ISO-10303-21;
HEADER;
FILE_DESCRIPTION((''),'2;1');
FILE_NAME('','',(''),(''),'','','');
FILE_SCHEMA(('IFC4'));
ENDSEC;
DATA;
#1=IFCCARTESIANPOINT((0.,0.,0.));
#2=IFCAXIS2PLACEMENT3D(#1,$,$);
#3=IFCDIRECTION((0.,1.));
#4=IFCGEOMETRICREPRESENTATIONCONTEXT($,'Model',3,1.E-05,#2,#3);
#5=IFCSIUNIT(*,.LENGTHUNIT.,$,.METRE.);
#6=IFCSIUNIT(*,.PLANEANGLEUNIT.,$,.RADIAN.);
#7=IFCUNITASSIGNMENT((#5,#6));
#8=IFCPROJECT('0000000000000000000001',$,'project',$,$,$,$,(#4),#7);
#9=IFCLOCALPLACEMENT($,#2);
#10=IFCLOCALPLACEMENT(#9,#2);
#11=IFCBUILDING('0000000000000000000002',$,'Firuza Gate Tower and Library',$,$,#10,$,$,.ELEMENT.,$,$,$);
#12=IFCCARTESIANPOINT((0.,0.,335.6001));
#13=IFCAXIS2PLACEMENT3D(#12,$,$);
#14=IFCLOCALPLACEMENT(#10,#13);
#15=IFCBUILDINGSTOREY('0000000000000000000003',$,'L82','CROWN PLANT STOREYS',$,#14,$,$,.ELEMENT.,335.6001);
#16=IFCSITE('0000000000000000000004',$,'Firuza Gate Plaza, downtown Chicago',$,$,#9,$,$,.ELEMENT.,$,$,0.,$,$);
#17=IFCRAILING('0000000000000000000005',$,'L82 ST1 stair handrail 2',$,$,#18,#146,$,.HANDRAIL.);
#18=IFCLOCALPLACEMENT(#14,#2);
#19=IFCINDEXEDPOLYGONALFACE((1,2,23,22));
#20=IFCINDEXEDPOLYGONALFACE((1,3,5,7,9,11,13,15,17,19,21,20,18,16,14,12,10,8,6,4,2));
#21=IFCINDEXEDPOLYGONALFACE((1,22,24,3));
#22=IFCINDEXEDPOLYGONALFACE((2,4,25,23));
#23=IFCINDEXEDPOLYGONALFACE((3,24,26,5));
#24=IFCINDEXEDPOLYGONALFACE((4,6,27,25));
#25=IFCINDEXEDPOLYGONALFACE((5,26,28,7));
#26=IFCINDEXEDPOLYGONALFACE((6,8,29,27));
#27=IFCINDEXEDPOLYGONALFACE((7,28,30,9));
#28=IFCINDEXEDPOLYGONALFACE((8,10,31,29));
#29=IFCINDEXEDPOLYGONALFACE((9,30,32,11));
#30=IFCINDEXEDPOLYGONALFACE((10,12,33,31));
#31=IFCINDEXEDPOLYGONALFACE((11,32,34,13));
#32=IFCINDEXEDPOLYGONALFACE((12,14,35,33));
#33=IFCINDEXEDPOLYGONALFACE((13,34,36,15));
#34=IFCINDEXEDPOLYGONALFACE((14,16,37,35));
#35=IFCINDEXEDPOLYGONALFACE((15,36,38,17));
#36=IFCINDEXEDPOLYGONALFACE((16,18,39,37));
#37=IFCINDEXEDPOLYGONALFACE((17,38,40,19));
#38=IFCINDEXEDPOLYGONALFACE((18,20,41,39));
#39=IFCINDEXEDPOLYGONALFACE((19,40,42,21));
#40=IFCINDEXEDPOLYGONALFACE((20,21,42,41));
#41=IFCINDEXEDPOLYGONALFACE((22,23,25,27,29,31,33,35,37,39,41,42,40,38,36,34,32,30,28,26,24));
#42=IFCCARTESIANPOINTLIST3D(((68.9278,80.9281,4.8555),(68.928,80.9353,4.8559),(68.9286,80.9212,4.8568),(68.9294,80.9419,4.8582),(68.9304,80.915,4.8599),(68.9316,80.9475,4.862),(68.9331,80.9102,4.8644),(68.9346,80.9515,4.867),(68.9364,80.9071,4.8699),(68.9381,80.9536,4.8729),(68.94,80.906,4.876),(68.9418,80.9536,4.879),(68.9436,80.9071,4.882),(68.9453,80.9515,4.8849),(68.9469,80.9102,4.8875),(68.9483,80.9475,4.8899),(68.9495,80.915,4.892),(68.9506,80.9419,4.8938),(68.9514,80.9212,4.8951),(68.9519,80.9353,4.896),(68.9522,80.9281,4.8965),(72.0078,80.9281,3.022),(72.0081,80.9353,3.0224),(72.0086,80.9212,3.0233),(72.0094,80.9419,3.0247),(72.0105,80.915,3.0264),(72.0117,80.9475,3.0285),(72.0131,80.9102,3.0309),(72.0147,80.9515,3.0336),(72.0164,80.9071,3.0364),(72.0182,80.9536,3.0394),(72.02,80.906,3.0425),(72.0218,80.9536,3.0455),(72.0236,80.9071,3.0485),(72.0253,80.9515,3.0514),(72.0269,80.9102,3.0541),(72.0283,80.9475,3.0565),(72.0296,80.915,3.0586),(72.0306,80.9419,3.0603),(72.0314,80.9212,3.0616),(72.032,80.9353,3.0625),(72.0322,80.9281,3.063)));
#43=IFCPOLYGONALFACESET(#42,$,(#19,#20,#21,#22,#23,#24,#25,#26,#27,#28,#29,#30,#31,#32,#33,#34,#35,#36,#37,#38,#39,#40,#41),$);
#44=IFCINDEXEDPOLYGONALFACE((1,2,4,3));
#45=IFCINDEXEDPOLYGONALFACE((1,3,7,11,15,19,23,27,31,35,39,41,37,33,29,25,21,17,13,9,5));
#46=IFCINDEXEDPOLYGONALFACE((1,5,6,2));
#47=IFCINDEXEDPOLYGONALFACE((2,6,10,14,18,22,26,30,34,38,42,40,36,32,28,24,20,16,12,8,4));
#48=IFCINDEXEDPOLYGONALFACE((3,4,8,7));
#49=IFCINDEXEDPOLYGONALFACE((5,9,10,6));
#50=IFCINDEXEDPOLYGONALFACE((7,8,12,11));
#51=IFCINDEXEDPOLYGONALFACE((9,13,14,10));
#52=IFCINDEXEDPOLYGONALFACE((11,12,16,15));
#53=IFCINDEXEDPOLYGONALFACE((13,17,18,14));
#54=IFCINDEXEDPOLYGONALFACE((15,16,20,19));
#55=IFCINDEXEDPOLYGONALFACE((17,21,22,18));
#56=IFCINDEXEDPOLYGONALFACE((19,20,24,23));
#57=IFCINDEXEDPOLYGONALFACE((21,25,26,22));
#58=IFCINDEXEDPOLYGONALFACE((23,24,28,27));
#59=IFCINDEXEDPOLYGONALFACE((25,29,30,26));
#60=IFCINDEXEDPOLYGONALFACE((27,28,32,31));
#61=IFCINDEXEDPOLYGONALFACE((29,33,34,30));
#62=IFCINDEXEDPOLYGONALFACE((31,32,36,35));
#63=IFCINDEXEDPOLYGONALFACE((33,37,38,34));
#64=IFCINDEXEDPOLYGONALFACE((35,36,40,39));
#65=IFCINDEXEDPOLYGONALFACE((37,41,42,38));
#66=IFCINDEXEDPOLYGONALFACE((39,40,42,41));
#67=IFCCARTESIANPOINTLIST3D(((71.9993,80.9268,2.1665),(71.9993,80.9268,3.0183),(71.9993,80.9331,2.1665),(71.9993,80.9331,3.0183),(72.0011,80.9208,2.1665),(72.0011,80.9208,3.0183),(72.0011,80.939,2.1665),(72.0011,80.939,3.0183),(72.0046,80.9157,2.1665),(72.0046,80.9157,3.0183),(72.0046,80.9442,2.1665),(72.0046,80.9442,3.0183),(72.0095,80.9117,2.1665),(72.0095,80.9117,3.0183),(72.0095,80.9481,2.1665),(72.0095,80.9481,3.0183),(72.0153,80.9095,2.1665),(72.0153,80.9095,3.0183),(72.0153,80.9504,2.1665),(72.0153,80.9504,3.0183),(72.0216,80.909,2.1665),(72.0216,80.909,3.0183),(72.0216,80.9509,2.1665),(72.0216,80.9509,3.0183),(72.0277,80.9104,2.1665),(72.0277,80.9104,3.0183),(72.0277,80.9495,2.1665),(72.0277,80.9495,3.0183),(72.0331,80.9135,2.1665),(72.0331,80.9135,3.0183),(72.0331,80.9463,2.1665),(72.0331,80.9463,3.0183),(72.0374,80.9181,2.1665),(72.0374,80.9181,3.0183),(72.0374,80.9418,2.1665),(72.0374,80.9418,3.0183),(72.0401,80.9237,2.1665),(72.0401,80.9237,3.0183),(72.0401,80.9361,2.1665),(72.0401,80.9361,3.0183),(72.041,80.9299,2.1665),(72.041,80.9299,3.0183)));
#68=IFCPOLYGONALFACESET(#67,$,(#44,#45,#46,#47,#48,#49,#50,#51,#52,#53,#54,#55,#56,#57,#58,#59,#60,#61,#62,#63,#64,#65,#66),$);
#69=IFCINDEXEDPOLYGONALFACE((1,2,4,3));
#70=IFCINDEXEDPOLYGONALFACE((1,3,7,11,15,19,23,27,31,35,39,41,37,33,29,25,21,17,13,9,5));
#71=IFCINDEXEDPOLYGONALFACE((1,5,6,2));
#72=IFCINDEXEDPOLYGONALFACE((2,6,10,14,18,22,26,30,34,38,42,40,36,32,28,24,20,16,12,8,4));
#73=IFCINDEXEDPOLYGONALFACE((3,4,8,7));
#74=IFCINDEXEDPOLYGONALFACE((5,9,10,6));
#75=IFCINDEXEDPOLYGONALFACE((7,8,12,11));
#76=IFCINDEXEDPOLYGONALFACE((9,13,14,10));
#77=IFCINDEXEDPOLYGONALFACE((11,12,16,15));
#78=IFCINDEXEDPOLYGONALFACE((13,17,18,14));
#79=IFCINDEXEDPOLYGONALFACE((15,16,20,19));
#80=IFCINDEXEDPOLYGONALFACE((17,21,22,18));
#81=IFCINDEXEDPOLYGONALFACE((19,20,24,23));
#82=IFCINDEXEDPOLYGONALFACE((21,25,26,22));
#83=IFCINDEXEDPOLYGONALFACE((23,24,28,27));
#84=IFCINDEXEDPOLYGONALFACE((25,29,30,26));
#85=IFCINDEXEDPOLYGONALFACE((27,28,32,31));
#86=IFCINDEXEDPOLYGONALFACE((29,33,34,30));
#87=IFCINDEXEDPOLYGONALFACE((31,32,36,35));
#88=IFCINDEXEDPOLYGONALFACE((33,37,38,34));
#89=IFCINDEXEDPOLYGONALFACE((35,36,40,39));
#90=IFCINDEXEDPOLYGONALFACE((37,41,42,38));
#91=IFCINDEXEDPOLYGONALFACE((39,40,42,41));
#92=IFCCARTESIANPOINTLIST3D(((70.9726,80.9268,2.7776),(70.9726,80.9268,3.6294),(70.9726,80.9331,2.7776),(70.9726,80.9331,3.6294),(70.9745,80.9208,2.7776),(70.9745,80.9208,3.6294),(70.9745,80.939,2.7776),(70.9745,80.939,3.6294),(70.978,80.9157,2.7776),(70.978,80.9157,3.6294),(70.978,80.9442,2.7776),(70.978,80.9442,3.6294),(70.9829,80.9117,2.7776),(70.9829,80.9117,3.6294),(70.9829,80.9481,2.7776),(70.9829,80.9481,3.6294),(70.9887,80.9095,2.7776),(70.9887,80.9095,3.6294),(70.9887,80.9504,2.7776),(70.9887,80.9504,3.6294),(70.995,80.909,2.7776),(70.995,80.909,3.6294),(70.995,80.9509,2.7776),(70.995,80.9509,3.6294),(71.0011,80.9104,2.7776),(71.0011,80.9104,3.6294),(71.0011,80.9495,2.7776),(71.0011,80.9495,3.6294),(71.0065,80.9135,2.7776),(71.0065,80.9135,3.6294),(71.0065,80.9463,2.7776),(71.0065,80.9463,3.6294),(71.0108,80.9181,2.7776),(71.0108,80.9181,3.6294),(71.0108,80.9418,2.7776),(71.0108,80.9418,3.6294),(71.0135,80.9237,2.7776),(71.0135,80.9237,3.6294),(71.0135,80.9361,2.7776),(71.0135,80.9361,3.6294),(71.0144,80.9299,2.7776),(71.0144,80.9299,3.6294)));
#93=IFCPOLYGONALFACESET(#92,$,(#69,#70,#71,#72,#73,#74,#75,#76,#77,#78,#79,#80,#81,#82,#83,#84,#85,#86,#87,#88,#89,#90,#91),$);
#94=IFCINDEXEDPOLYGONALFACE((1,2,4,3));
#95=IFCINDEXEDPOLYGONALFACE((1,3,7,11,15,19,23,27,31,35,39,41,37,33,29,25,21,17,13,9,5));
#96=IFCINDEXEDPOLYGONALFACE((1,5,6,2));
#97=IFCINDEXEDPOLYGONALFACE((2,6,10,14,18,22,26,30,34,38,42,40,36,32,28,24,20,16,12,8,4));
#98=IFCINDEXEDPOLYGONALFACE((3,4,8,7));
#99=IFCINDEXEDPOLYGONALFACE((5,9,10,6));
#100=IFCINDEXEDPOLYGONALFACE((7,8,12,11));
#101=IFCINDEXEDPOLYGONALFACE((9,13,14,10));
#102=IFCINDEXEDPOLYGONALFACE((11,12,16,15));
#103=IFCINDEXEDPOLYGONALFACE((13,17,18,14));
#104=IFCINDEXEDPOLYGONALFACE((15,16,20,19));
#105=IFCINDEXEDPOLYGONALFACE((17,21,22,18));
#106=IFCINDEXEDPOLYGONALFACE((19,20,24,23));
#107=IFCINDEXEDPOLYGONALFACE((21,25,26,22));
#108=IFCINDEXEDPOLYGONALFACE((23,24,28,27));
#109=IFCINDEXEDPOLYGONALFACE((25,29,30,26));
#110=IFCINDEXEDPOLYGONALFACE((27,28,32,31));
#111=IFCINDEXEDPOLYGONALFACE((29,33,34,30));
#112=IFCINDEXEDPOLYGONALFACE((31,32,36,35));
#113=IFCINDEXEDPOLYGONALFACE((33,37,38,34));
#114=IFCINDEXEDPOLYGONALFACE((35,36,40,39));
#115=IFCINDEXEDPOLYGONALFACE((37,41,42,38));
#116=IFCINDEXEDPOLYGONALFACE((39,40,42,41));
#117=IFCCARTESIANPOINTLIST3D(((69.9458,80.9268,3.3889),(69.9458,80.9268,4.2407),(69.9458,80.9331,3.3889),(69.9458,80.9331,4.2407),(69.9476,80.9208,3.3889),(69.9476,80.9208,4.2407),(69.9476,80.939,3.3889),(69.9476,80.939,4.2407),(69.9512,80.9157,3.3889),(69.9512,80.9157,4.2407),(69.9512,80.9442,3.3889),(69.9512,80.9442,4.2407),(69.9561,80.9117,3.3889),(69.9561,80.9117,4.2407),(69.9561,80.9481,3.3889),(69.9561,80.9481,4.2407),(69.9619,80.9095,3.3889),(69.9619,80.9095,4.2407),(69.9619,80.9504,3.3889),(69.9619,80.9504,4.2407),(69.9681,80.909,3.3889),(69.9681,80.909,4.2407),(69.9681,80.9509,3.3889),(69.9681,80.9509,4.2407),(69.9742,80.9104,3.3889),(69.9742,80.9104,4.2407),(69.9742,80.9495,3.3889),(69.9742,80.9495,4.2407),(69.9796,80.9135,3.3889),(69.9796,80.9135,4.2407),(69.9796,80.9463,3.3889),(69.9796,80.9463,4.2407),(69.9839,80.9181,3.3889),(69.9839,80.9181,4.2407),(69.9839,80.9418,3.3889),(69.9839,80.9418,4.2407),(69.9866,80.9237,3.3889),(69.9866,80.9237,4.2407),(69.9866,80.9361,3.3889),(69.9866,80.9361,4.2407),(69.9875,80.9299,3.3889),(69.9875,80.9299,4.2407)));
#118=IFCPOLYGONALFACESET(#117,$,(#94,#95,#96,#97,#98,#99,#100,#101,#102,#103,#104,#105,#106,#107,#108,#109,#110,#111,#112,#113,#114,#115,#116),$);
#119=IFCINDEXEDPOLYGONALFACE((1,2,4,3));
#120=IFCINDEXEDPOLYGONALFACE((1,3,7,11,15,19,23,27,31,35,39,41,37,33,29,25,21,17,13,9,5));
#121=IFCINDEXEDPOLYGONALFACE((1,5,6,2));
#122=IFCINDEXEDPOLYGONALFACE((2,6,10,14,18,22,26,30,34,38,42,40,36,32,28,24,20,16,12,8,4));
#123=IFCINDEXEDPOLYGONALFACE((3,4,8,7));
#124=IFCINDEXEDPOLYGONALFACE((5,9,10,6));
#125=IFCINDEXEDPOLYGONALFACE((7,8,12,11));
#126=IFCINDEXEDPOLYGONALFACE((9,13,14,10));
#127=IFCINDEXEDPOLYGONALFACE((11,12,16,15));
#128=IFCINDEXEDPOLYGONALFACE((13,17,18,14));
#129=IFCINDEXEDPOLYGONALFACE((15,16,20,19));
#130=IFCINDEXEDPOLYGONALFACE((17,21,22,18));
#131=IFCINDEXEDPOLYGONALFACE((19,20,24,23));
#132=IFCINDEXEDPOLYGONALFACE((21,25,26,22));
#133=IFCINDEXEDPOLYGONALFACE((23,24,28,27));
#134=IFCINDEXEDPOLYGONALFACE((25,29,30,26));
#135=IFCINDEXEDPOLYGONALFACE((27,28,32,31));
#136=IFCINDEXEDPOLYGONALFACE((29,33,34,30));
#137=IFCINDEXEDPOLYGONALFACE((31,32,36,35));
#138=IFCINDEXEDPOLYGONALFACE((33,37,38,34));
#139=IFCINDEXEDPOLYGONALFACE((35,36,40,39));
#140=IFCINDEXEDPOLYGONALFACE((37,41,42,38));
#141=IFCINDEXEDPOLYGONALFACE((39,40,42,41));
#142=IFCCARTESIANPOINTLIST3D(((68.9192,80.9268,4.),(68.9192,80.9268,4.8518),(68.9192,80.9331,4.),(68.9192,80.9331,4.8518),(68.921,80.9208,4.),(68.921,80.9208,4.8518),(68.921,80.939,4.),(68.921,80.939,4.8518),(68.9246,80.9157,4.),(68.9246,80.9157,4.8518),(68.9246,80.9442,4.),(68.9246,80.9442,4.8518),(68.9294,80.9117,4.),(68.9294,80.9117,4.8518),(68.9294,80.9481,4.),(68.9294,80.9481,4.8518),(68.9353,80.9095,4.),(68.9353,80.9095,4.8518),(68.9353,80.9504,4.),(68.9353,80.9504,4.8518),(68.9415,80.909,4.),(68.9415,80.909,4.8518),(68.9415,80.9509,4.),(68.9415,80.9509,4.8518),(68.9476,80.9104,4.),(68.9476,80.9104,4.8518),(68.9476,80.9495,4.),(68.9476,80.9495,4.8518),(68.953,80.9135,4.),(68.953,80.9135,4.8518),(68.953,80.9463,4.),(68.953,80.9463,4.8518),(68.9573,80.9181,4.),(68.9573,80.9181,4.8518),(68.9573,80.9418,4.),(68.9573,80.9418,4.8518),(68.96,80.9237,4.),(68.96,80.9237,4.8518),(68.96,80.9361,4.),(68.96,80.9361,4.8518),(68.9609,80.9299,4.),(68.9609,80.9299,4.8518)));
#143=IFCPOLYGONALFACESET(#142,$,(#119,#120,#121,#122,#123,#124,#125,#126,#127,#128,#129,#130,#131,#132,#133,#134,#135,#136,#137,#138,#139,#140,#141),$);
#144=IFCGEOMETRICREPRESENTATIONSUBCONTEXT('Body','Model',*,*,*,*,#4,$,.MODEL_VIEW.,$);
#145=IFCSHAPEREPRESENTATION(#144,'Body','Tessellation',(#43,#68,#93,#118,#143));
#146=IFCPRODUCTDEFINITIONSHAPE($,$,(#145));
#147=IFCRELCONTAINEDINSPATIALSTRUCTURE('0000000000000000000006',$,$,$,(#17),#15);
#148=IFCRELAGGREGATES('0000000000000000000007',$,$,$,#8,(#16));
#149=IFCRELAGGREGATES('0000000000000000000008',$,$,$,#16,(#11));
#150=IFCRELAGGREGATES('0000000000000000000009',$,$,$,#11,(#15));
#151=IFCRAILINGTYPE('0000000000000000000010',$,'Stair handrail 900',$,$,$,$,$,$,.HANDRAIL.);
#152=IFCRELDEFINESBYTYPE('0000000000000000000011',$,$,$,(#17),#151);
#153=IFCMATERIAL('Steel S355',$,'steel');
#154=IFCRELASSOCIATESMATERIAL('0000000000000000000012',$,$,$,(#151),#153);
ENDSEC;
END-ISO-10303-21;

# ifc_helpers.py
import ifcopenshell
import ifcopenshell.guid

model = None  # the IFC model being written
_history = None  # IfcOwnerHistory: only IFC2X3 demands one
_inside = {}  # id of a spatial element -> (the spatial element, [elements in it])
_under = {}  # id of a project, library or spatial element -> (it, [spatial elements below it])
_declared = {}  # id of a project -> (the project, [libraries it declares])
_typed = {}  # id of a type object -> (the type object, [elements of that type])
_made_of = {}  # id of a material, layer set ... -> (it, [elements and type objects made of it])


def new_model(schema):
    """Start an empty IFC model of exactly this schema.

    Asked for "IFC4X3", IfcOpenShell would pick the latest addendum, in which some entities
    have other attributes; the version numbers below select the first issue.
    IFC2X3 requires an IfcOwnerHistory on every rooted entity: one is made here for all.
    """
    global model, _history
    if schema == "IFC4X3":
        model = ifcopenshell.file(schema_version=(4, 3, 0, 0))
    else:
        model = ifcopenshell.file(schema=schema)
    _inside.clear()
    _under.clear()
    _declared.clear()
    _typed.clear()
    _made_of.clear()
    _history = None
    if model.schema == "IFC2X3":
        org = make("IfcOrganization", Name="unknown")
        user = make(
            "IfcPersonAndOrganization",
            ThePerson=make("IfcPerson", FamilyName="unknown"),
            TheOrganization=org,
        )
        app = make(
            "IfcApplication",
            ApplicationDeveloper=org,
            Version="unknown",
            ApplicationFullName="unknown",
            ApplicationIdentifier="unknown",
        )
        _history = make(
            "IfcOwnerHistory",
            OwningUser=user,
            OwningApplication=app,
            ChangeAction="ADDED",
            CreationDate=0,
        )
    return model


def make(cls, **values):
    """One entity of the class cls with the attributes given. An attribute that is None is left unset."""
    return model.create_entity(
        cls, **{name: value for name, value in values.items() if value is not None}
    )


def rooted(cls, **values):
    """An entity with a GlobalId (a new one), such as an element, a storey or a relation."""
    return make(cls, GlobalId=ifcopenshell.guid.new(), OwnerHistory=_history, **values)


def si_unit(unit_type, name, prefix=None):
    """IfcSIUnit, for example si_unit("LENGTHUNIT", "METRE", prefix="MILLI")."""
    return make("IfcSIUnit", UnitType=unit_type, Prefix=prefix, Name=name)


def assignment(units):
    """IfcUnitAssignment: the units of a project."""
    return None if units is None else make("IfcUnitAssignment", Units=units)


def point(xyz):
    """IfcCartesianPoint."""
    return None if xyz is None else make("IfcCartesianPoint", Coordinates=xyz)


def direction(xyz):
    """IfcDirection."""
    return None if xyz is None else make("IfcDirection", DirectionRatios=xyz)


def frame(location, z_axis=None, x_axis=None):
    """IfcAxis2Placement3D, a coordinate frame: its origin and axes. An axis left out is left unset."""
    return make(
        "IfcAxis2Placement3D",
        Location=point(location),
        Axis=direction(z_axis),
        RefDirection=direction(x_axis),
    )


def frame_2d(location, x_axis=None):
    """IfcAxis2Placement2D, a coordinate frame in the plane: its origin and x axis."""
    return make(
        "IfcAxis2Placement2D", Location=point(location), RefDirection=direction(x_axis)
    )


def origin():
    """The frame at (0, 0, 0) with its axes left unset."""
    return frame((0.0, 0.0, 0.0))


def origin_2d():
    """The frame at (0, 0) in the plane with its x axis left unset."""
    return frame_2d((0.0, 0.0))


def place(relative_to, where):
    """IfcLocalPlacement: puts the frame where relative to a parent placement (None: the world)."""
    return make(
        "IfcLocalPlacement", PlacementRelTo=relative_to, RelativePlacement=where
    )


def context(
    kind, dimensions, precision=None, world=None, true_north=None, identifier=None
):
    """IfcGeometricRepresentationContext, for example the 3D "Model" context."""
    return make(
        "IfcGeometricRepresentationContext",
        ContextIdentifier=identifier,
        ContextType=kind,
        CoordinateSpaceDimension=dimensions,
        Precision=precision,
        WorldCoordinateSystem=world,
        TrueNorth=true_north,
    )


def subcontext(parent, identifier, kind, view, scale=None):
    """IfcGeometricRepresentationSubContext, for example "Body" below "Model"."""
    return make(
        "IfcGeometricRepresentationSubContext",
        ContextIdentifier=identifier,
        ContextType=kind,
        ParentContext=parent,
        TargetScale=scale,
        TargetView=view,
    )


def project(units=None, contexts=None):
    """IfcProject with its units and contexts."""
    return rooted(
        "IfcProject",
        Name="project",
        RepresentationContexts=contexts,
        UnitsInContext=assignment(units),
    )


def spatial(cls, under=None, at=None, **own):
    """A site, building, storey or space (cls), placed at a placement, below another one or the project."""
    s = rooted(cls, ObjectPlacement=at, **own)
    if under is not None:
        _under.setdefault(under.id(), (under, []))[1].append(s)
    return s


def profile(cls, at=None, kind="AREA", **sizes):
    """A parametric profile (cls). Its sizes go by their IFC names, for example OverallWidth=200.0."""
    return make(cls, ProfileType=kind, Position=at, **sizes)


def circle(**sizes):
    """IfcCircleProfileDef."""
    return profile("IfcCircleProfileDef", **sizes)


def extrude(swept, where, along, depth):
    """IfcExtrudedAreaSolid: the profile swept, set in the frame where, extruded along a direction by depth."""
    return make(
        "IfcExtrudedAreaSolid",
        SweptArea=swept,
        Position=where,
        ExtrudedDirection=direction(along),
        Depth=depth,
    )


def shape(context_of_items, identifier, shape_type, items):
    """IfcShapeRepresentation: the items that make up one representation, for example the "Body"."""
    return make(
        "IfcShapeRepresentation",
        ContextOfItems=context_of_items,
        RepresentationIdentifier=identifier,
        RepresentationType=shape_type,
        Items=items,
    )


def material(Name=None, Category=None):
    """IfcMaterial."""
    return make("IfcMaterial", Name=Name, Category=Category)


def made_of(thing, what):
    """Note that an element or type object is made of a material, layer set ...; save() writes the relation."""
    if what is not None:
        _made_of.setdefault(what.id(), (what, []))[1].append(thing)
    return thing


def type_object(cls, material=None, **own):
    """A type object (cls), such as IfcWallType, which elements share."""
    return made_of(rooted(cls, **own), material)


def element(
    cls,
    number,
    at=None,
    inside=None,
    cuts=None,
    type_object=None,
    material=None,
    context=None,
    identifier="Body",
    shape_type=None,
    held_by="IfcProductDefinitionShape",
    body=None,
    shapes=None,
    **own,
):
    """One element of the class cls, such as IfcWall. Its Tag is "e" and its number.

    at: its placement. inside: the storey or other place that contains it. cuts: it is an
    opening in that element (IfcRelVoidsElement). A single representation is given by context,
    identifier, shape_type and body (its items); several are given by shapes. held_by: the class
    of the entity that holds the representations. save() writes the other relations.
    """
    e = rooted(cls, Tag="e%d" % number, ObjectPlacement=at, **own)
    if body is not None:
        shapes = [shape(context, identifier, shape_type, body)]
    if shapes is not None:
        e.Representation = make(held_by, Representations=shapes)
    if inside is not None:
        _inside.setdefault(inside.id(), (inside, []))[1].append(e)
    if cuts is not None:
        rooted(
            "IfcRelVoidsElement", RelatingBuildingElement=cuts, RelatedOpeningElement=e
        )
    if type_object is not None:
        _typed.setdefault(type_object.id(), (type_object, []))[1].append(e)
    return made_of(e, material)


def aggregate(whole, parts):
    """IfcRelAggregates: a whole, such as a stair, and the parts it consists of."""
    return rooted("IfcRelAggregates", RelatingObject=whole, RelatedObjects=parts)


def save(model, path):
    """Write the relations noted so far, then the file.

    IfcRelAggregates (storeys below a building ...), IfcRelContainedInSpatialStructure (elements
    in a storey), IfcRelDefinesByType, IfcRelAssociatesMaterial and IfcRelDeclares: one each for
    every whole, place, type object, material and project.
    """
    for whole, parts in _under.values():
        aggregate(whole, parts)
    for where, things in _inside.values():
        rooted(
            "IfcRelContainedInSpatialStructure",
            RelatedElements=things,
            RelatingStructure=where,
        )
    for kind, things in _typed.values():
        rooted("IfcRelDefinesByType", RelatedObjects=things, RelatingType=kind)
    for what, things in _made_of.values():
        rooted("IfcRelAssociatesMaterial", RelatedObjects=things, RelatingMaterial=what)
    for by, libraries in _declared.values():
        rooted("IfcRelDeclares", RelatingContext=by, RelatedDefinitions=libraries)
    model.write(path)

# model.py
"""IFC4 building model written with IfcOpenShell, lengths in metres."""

from ifc_helpers import new_model, si_unit, direction, frame, origin, origin_2d, place, context, subcontext, project, spatial, circle, extrude, material, type_object, element, save


model = new_model("IFC4")

# Units and contexts
model_context = context("Model", 3, precision=1e-05, world=origin(), true_north=direction((0.0, 1.0)))
body_context = subcontext(model_context, "Body", "Model", "MODEL_VIEW")
ifc_project = project(units=[si_unit("LENGTHUNIT", "METRE"), si_unit("PLANEANGLEUNIT", "RADIAN")], contexts=[model_context])

# Site, building, storey
site_placement = place(None, origin())
site = spatial("IfcSite", under=ifc_project, at=site_placement, Name="Firuza Gate Plaza, downtown Chicago", CompositionType="ELEMENT", RefElevation=0.0)
building_placement = place(site_placement, origin())
building = spatial("IfcBuilding", under=site, at=building_placement, Name="Firuza Gate Tower and Library", CompositionType="ELEMENT")
storey_placement = place(building_placement, frame((0.0, 0.0, 335.6001)))
storey = spatial("IfcBuildingStorey", under=building, at=storey_placement, Name="L82", Description="CROWN PLANT STOREYS", CompositionType="ELEMENT", Elevation=335.6001)

# Railing
ifc_material_1 = material(Name="Steel S355", Category="steel")
railing_type_1 = type_object("IfcRailingType", Name="Stair handrail 900", PredefinedType="HANDRAIL", material=ifc_material_1)
railing_1_placement = place(storey_placement, frame((72.02, 80.9299, 2.1665)))
element("IfcRailing", 1, at=railing_1_placement, inside=storey, type_object=railing_type_1, Name="L82 ST1 stair handrail 2", PredefinedType="HANDRAIL", context=body_context, shape_type="SweptSolid", body=[
    extrude(circle(Radius=0.0239, at=origin_2d()), frame((0.0, 0.0, 0.876), z_axis=(-0.859279, 0.0, 0.511508), x_axis=(0.0, -1.0, 0.0)), (0.0, 0.0, 1.0), 3.5845),
    extrude(circle(Radius=0.021, at=origin_2d()), origin(), (0.0, 0.0, 1.0), 0.8518),
    extrude(circle(Radius=0.021, at=origin_2d()), frame((-1.0266, 0.0, 0.6111)), (0.0, 0.0, 1.0), 0.8518),
    extrude(circle(Radius=0.021, at=origin_2d()), frame((-2.0535, 0.0, 1.2224)), (0.0, 0.0, 1.0), 0.8518),
    extrude(circle(Radius=0.021, at=origin_2d()), frame((-3.0801, 0.0, 1.8335)), (0.0, 0.0, 1.0), 0.8518),
])

save(model, "model.ifc")
